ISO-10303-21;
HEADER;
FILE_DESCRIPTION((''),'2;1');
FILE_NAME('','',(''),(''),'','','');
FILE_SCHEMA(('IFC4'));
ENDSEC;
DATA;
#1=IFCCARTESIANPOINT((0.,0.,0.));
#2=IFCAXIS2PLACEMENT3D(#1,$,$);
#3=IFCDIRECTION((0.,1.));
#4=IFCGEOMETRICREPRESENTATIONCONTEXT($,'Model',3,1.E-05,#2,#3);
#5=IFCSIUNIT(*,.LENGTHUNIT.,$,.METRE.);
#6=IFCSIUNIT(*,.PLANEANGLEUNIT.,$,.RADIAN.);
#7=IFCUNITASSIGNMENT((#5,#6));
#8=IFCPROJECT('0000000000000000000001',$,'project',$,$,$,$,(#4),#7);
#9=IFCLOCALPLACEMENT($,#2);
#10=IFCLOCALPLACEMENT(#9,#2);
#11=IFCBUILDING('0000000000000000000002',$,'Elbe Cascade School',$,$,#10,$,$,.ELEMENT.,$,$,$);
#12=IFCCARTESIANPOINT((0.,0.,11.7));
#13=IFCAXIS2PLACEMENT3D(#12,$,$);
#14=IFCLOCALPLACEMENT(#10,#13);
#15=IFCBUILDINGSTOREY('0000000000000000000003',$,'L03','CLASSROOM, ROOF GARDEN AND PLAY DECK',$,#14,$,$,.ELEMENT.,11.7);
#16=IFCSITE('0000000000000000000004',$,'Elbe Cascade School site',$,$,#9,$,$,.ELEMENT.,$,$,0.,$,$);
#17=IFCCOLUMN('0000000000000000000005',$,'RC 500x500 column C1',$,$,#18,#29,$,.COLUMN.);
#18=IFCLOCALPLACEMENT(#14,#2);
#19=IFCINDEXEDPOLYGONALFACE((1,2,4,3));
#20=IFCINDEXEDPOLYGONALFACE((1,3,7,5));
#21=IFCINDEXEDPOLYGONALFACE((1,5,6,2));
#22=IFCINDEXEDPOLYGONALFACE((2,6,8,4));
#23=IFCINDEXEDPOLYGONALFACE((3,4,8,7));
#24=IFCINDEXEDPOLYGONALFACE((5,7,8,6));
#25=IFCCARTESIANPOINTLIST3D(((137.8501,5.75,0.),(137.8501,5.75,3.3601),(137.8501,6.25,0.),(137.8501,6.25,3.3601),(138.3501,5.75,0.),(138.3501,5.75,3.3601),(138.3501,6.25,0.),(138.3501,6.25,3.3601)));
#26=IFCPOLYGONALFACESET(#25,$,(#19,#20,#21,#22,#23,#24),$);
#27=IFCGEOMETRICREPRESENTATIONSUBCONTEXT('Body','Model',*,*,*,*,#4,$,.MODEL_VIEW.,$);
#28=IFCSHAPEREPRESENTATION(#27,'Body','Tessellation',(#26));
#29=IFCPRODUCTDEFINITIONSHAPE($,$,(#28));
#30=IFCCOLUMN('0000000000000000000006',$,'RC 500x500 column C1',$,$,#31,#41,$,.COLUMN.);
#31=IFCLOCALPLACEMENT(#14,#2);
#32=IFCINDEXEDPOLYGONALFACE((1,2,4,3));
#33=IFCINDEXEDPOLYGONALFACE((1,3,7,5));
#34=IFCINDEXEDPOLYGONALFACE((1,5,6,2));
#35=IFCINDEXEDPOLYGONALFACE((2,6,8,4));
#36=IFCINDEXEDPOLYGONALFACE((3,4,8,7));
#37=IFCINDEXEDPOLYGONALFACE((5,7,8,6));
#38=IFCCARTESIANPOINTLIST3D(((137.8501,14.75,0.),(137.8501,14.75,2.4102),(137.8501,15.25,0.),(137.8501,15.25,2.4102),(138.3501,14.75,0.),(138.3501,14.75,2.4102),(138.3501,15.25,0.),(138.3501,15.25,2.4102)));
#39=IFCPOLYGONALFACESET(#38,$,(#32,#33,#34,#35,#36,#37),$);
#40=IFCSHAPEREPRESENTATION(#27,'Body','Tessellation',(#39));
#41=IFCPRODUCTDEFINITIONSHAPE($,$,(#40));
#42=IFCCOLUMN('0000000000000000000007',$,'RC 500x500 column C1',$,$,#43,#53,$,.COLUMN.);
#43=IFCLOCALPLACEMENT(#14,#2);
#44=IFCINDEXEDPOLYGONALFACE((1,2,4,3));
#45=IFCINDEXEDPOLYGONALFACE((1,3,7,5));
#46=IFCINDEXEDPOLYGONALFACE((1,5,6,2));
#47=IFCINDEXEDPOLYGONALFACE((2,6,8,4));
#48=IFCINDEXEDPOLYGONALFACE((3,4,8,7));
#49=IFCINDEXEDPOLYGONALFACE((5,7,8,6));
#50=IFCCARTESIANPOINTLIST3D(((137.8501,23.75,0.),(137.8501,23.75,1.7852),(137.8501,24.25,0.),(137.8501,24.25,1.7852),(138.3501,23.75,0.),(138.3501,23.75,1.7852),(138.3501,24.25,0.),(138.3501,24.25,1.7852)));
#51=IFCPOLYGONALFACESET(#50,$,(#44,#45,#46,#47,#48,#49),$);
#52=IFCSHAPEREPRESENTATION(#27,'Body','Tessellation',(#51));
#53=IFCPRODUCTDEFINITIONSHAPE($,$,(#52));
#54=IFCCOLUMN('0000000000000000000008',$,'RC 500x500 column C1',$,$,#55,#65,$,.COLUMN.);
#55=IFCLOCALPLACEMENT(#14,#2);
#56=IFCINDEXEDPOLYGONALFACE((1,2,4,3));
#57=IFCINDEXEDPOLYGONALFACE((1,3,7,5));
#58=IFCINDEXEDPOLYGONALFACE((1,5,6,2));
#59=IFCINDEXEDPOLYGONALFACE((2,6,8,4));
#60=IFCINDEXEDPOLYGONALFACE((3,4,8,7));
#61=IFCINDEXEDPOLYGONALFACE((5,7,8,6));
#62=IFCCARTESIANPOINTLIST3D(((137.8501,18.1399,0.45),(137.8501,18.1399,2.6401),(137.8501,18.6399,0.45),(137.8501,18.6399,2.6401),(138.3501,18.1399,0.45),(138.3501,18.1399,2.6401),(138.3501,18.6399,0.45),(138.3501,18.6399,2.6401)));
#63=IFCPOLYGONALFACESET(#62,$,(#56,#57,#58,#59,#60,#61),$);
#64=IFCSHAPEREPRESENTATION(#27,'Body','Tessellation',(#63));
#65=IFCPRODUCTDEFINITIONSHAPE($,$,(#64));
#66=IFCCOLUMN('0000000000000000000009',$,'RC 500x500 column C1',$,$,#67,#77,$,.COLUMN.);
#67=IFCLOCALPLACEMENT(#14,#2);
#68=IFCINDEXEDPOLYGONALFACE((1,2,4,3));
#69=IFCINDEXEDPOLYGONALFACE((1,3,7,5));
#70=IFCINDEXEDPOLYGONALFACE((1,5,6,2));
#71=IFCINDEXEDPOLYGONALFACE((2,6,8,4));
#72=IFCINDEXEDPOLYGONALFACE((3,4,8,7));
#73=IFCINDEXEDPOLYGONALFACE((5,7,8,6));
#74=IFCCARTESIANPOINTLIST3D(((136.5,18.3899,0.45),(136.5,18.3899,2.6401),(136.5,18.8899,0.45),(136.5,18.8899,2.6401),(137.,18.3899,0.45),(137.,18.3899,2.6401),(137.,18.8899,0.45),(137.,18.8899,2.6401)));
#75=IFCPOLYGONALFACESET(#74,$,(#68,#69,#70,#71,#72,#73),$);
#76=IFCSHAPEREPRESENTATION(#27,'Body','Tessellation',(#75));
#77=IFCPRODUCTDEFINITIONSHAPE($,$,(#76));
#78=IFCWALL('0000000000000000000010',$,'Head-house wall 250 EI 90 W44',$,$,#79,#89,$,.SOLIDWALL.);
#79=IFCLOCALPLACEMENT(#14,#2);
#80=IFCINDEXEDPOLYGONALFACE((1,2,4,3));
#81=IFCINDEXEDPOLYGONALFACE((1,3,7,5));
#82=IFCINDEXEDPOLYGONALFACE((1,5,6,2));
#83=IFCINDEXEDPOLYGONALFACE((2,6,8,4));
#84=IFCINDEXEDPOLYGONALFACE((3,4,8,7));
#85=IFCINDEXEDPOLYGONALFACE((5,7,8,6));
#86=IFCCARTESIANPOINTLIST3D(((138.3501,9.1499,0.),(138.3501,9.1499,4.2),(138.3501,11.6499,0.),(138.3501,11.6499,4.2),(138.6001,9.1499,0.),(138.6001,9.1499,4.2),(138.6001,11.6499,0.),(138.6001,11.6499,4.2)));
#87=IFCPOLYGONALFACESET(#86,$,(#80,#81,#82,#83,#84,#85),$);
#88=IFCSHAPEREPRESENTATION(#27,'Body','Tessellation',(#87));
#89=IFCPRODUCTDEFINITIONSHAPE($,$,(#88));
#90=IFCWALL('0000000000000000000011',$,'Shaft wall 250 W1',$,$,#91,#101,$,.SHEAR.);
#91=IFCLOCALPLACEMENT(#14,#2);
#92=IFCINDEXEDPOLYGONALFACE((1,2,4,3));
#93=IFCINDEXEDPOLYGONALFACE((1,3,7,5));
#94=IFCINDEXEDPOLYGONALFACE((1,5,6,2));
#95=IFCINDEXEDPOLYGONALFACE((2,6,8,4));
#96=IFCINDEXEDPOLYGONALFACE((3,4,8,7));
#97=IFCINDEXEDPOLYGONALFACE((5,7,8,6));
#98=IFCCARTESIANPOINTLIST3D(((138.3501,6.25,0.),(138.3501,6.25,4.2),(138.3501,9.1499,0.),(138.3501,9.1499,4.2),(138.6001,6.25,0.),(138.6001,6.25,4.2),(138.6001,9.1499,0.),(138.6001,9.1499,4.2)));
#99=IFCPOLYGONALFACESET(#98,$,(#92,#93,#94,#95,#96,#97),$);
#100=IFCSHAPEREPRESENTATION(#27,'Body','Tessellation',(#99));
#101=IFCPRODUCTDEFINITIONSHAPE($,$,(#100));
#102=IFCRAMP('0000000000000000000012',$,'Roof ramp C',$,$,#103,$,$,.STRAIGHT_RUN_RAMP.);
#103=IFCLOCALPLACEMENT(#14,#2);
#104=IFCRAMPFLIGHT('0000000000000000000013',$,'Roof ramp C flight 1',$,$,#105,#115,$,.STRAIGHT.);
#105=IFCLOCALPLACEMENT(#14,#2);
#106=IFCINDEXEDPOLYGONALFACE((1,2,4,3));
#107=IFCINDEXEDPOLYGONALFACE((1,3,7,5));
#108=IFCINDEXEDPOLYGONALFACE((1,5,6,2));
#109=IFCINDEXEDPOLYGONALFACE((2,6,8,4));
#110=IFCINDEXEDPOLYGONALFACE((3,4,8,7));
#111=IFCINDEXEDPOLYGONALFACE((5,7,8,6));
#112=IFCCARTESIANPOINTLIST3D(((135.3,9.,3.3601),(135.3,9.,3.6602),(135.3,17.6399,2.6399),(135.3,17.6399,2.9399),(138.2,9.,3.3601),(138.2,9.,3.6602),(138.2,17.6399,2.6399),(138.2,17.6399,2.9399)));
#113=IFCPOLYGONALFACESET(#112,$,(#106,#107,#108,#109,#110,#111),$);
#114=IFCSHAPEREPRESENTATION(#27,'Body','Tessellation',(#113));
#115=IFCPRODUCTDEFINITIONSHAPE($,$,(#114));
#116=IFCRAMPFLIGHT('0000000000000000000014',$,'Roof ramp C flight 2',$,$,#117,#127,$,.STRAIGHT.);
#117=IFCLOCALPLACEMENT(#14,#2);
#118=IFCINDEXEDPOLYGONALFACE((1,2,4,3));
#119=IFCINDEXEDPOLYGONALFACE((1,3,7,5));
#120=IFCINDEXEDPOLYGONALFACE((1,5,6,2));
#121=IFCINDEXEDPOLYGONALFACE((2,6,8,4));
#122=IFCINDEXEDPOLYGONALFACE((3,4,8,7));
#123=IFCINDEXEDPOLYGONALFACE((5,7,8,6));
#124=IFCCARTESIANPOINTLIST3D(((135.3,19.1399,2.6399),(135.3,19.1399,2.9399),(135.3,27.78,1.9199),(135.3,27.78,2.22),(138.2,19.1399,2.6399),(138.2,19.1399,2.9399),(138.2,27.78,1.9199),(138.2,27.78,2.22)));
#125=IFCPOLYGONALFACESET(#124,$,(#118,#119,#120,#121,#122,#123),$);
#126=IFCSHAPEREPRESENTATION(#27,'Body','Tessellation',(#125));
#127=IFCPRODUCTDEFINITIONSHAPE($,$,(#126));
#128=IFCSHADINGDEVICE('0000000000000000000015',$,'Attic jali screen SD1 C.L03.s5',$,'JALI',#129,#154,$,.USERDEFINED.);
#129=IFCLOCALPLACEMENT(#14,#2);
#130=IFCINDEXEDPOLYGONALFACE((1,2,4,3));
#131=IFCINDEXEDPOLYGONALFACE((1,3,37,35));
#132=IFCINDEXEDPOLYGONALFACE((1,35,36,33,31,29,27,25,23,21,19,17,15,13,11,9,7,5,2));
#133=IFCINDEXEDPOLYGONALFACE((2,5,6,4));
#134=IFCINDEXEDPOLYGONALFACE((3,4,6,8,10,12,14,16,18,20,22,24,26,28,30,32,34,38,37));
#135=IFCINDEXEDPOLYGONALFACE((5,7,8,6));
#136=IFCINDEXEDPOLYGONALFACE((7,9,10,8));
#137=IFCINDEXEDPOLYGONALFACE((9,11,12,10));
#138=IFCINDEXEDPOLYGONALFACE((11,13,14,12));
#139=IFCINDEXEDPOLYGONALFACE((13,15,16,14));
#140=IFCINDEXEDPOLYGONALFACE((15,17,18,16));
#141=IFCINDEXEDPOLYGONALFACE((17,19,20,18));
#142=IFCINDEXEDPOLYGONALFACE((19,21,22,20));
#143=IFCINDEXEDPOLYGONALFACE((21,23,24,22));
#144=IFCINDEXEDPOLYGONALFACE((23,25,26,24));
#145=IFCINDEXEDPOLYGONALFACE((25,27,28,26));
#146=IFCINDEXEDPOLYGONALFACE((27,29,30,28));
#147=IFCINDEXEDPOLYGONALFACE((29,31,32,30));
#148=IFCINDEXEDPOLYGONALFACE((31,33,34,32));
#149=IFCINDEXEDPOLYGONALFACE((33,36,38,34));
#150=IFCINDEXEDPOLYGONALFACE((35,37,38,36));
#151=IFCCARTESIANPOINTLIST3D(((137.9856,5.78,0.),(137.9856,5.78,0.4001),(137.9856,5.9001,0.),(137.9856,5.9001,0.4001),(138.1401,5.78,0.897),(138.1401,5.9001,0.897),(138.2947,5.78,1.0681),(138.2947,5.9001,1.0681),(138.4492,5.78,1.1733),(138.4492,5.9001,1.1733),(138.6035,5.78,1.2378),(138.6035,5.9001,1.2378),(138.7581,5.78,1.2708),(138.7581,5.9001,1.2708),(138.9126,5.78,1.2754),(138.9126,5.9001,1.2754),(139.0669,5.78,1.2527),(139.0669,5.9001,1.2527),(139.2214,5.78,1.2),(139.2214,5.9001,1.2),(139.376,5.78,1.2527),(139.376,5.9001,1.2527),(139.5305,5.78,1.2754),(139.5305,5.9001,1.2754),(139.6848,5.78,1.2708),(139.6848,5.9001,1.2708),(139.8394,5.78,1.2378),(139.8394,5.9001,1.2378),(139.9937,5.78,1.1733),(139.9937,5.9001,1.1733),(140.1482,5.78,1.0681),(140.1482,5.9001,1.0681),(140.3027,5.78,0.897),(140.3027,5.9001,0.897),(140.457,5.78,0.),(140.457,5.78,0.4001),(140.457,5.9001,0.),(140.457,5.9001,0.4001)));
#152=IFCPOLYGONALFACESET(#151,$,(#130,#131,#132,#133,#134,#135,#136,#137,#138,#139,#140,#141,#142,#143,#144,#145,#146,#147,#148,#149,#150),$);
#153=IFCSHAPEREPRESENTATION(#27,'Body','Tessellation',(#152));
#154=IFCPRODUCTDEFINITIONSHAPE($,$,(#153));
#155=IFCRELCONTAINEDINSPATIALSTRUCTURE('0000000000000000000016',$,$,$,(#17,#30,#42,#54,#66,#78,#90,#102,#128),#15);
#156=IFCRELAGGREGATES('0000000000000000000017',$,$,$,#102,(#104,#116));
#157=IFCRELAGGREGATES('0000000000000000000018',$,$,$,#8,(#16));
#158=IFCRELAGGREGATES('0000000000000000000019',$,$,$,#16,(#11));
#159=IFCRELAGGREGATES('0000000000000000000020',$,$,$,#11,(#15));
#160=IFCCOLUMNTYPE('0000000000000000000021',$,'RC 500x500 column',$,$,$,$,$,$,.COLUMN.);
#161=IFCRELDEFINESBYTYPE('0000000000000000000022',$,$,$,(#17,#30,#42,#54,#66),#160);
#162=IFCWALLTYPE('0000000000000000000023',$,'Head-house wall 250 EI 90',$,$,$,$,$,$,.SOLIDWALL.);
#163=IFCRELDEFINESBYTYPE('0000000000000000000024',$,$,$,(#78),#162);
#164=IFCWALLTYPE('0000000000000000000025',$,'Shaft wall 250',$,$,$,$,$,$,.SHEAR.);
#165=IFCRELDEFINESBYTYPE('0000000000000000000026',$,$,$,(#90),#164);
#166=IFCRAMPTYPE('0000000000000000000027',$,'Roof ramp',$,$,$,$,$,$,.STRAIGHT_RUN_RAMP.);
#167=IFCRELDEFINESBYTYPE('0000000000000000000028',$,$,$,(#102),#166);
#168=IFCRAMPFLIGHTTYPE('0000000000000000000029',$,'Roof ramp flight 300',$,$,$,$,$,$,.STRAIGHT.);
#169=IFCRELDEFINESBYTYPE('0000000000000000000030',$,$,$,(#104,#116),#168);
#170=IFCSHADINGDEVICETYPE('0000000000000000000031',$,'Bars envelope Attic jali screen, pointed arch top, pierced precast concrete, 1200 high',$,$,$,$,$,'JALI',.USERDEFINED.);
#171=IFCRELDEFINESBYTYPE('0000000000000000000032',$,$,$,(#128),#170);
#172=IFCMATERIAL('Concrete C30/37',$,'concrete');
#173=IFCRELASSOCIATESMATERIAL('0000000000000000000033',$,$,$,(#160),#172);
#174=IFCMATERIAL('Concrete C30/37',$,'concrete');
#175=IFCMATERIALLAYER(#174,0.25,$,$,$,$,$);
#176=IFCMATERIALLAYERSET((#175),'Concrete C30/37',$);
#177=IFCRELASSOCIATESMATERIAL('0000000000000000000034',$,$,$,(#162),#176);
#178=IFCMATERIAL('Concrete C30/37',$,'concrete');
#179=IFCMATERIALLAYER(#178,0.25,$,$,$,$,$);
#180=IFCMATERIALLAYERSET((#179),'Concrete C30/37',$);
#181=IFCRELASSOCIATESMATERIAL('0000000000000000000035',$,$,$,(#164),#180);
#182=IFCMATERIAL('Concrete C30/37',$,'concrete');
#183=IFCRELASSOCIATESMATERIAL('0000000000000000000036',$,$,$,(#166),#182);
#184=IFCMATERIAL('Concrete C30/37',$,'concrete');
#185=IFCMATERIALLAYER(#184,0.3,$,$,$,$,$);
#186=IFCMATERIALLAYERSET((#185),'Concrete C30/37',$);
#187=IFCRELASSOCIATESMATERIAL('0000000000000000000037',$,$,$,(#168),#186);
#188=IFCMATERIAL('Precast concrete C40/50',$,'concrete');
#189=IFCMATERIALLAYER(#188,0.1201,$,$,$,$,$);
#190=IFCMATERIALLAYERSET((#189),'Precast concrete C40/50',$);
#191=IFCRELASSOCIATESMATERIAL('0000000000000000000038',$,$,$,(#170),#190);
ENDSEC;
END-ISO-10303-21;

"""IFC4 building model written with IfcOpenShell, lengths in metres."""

from ifc_helpers import new_model, si_unit, direction, frame, frame_2d, origin, origin_2d, place, context, subcontext, project, spatial, polyline, rectangle, outline, extrude, material, layer, layer_set, material_profile, profile_set, type_object, element, aggregate, save


model = new_model("IFC4")

# Units and contexts
model_context = context("Model", 3, precision=1e-05, world=origin(), true_north=direction((0.0, 1.0)))
body_context = subcontext(model_context, "Body", "Model", "MODEL_VIEW")
ifc_project = project(units=[si_unit("LENGTHUNIT", "METRE"), si_unit("PLANEANGLEUNIT", "RADIAN")], contexts=[model_context])

# Site, building, storey
site_placement = place(None, origin())
site = spatial("IfcSite", under=ifc_project, at=site_placement, Name="Elbe Cascade School site", CompositionType="ELEMENT", RefElevation=0.0)
building_placement = place(site_placement, origin())
building = spatial("IfcBuilding", under=site, at=building_placement, Name="Elbe Cascade School", CompositionType="ELEMENT")
storey_placement = place(building_placement, frame((0.0, 0.0, 11.7)))
storey = spatial("IfcBuildingStorey", under=building, at=storey_placement, Name="L03", Description="CLASSROOM, ROOF GARDEN AND PLAY DECK", CompositionType="ELEMENT", Elevation=11.7)

# Columns
ifc_material_1 = material(Name="Concrete C30/37", Category="concrete")
ifc_material_profile = material_profile(ifc_material_1, rectangle(XDim=0.5, YDim=0.5, at=origin_2d()), Name="RC 500x500")
ifc_profile_set = profile_set([ifc_material_profile], Name="Concrete C30/37")
column_type = type_object("IfcColumnType", Name="RC 500x500 column", PredefinedType="COLUMN", material=ifc_profile_set)
column_1_placement = place(storey_placement, frame((138.1001, 6.0, 0.0), z_axis=(0.0, 0.0, 1.0), x_axis=(1.0, 0.0, 0.0)))
element("IfcColumn", 1, at=column_1_placement, inside=storey, type_object=column_type, Name="RC 500x500 column C1", PredefinedType="COLUMN", context=body_context, shape_type="SweptSolid", body=[
    extrude(rectangle(XDim=0.5, YDim=0.5, at=origin_2d()), origin(), (0.0, 0.0, 1.0), 3.3601),
])
column_2_placement = place(storey_placement, frame((138.1001, 15.0, 0.0), z_axis=(0.0, 0.0, 1.0), x_axis=(1.0, 0.0, 0.0)))
element("IfcColumn", 2, at=column_2_placement, inside=storey, type_object=column_type, Name="RC 500x500 column C1", PredefinedType="COLUMN", context=body_context, shape_type="SweptSolid", body=[
    extrude(rectangle(XDim=0.5, YDim=0.5, at=origin_2d()), origin(), (0.0, 0.0, 1.0), 2.4102),
])
column_3_placement = place(storey_placement, frame((138.1001, 24.0, 0.0), z_axis=(0.0, 0.0, 1.0), x_axis=(1.0, 0.0, 0.0)))
element("IfcColumn", 3, at=column_3_placement, inside=storey, type_object=column_type, Name="RC 500x500 column C1", PredefinedType="COLUMN", context=body_context, shape_type="SweptSolid", body=[
    extrude(rectangle(XDim=0.5, YDim=0.5, at=origin_2d()), origin(), (0.0, 0.0, 1.0), 1.7852),
])
for number, where, z_axis, x_axis, name in (
    (4, (138.1001, 18.3899, 0.45), (0.0, 0.0, 1.0), (1.0, 0.0, 0.0), "RC 500x500 column C1"),
    (5, (136.75, 18.6399, 0.45), (0.0, 0.0, 1.0), (1.0, 0.0, 0.0), "RC 500x500 column C1"),
):
    element("IfcColumn", number, at=place(storey_placement, frame(where, z_axis=z_axis, x_axis=x_axis)), inside=storey, type_object=column_type, Name=name, PredefinedType="COLUMN", context=body_context, shape_type="SweptSolid", body=[
        extrude(rectangle(XDim=0.5, YDim=0.5, at=origin_2d()), origin(), (0.0, 0.0, 1.0), 2.1902),
    ])

# Walls
ifc_material_2 = material(Name="Concrete C30/37", Category="concrete")
ifc_layer_1 = layer(ifc_material_2, 0.25)
ifc_layer_set_1 = layer_set([ifc_layer_1], Name="Concrete C30/37")
wall_type_1 = type_object("IfcWallType", Name="Head-house wall 250 EI 90", PredefinedType="SOLIDWALL", material=ifc_layer_set_1)
wall_1_placement = place(storey_placement, frame((138.4751, 9.1499, 0.0), z_axis=(0.0, 0.0, 1.0), x_axis=(0.0, 1.0, 0.0)))
element("IfcWall", 6, at=wall_1_placement, inside=storey, type_object=wall_type_1, Name="Head-house wall 250 EI 90 W44", PredefinedType="SOLIDWALL", context=body_context, shape_type="SweptSolid", body=[
    extrude(rectangle(XDim=2.5, YDim=0.25, at=frame_2d((1.25, 0.0))), origin(), (0.0, 0.0, 1.0), 4.2),
])
ifc_material_3 = material(Name="Concrete C30/37", Category="concrete")
ifc_layer_2 = layer(ifc_material_3, 0.25)
ifc_layer_set_2 = layer_set([ifc_layer_2], Name="Concrete C30/37")
wall_type_2 = type_object("IfcWallType", Name="Shaft wall 250", PredefinedType="SHEAR", material=ifc_layer_set_2)
wall_2_placement = place(storey_placement, frame((138.4751, 6.25, 0.0), z_axis=(0.0, 0.0, 1.0), x_axis=(0.0, 1.0, 0.0)))
element("IfcWall", 7, at=wall_2_placement, inside=storey, type_object=wall_type_2, Name="Shaft wall 250 W1", PredefinedType="SHEAR", context=body_context, shape_type="SweptSolid", body=[
    extrude(rectangle(XDim=2.8999, YDim=0.25, at=frame_2d((1.45, 0.0))), origin(), (0.0, 0.0, 1.0), 4.2),
])

# Ramp, ramp flights
ifc_material_4 = material(Name="Concrete C30/37", Category="concrete")
ramp_type = type_object("IfcRampType", Name="Roof ramp", PredefinedType="STRAIGHT_RUN_RAMP", material=ifc_material_4)
ramp_placement = place(storey_placement, origin())
ramp = element("IfcRamp", 8, at=ramp_placement, inside=storey, type_object=ramp_type, Name="Roof ramp C", PredefinedType="STRAIGHT_RUN_RAMP")
ifc_material_5 = material(Name="Concrete C30/37", Category="concrete")
ifc_layer_3 = layer(ifc_material_5, 0.3)
ifc_layer_set_3 = layer_set([ifc_layer_3], Name="Concrete C30/37")
ramp_flight_type = type_object("IfcRampFlightType", Name="Roof ramp flight 300", PredefinedType="STRAIGHT", material=ifc_layer_set_3)
ramp_flight_1_placement = place(storey_placement, frame((136.75, 9.0, 3.6602), z_axis=(0.0, 0.0, 1.0), x_axis=(0.0, 1.0, 0.0)))
ramp_flight_1 = element("IfcRampFlight", 9, at=ramp_flight_1_placement, type_object=ramp_flight_type, Name="Roof ramp C flight 1", PredefinedType="STRAIGHT", context=body_context, shape_type="SweptSolid", body=[
    extrude(outline(polyline([(0.0, -0.3), (8.6399, -1.0203), (8.6399, -0.7202), (0.0, 0.0), (0.0, -0.3)])), frame((0.0, 1.45, 0.0), z_axis=(0.0, -1.0, 0.0), x_axis=(1.0, 0.0, 0.0)), (0.0, 0.0, 1.0), 2.8999),
])
ramp_flight_2_placement = place(storey_placement, frame((136.75, 19.1399, 2.9399), z_axis=(0.0, 0.0, 1.0), x_axis=(0.0, 1.0, 0.0)))
ramp_flight_2 = element("IfcRampFlight", 10, at=ramp_flight_2_placement, type_object=ramp_flight_type, Name="Roof ramp C flight 2", PredefinedType="STRAIGHT", context=body_context, shape_type="SweptSolid", body=[
    extrude(outline(polyline([(0.0, -0.3), (8.6401, -1.02), (8.6401, -0.72), (0.0, 0.0), (0.0, -0.3)])), frame((0.0, 1.45, 0.0), z_axis=(0.0, -1.0, 0.0), x_axis=(1.0, 0.0, 0.0)), (0.0, 0.0, 1.0), 2.8999),
])
aggregate(ramp, [ramp_flight_1, ramp_flight_2])

# Shading device
ifc_material_6 = material(Name="Precast concrete C40/50", Category="concrete")
ifc_layer_4 = layer(ifc_material_6, 0.1201)
ifc_layer_set_4 = layer_set([ifc_layer_4], Name="Precast concrete C40/50")
shading_device_type = type_object("IfcShadingDeviceType", Name="Bars envelope Attic jali screen, pointed arch top, pierced precast concrete, 1200 high", ElementType="JALI", PredefinedType="USERDEFINED", material=ifc_layer_set_4)
shading_device_placement = place(storey_placement, frame((137.9856, 5.78, 0.0), z_axis=(0.0, -1.0, 0.0), x_axis=(1.0, 0.0, 0.0)))
element("IfcShadingDevice", 11, at=shading_device_placement, inside=storey, type_object=shading_device_type, Name="Attic jali screen SD1 C.L03.s5", ObjectType="JALI", PredefinedType="USERDEFINED", context=body_context, shape_type="SweptSolid", body=[
    extrude(outline(polyline([(0.0, 0.0), (2.4714, 0.0), (2.4714, 0.4001), (2.3171, 0.897), (2.1626, 1.0681), (2.0081, 1.1733), (1.8538, 1.2378), (1.6992, 1.2708), (1.5449, 1.2754), (1.3904, 1.2527), (1.2358, 1.2), (1.0813, 1.2527), (0.927, 1.2754), (0.7725, 1.2708), (0.6179, 1.2378), (0.4636, 1.1733), (0.3091, 1.0681), (0.1545, 0.897), (0.0, 0.4001), (0.0, 0.0)])), origin(), (0.0, 0.0, -1.0), 0.1201),
])

save(model, "model.ifc")
